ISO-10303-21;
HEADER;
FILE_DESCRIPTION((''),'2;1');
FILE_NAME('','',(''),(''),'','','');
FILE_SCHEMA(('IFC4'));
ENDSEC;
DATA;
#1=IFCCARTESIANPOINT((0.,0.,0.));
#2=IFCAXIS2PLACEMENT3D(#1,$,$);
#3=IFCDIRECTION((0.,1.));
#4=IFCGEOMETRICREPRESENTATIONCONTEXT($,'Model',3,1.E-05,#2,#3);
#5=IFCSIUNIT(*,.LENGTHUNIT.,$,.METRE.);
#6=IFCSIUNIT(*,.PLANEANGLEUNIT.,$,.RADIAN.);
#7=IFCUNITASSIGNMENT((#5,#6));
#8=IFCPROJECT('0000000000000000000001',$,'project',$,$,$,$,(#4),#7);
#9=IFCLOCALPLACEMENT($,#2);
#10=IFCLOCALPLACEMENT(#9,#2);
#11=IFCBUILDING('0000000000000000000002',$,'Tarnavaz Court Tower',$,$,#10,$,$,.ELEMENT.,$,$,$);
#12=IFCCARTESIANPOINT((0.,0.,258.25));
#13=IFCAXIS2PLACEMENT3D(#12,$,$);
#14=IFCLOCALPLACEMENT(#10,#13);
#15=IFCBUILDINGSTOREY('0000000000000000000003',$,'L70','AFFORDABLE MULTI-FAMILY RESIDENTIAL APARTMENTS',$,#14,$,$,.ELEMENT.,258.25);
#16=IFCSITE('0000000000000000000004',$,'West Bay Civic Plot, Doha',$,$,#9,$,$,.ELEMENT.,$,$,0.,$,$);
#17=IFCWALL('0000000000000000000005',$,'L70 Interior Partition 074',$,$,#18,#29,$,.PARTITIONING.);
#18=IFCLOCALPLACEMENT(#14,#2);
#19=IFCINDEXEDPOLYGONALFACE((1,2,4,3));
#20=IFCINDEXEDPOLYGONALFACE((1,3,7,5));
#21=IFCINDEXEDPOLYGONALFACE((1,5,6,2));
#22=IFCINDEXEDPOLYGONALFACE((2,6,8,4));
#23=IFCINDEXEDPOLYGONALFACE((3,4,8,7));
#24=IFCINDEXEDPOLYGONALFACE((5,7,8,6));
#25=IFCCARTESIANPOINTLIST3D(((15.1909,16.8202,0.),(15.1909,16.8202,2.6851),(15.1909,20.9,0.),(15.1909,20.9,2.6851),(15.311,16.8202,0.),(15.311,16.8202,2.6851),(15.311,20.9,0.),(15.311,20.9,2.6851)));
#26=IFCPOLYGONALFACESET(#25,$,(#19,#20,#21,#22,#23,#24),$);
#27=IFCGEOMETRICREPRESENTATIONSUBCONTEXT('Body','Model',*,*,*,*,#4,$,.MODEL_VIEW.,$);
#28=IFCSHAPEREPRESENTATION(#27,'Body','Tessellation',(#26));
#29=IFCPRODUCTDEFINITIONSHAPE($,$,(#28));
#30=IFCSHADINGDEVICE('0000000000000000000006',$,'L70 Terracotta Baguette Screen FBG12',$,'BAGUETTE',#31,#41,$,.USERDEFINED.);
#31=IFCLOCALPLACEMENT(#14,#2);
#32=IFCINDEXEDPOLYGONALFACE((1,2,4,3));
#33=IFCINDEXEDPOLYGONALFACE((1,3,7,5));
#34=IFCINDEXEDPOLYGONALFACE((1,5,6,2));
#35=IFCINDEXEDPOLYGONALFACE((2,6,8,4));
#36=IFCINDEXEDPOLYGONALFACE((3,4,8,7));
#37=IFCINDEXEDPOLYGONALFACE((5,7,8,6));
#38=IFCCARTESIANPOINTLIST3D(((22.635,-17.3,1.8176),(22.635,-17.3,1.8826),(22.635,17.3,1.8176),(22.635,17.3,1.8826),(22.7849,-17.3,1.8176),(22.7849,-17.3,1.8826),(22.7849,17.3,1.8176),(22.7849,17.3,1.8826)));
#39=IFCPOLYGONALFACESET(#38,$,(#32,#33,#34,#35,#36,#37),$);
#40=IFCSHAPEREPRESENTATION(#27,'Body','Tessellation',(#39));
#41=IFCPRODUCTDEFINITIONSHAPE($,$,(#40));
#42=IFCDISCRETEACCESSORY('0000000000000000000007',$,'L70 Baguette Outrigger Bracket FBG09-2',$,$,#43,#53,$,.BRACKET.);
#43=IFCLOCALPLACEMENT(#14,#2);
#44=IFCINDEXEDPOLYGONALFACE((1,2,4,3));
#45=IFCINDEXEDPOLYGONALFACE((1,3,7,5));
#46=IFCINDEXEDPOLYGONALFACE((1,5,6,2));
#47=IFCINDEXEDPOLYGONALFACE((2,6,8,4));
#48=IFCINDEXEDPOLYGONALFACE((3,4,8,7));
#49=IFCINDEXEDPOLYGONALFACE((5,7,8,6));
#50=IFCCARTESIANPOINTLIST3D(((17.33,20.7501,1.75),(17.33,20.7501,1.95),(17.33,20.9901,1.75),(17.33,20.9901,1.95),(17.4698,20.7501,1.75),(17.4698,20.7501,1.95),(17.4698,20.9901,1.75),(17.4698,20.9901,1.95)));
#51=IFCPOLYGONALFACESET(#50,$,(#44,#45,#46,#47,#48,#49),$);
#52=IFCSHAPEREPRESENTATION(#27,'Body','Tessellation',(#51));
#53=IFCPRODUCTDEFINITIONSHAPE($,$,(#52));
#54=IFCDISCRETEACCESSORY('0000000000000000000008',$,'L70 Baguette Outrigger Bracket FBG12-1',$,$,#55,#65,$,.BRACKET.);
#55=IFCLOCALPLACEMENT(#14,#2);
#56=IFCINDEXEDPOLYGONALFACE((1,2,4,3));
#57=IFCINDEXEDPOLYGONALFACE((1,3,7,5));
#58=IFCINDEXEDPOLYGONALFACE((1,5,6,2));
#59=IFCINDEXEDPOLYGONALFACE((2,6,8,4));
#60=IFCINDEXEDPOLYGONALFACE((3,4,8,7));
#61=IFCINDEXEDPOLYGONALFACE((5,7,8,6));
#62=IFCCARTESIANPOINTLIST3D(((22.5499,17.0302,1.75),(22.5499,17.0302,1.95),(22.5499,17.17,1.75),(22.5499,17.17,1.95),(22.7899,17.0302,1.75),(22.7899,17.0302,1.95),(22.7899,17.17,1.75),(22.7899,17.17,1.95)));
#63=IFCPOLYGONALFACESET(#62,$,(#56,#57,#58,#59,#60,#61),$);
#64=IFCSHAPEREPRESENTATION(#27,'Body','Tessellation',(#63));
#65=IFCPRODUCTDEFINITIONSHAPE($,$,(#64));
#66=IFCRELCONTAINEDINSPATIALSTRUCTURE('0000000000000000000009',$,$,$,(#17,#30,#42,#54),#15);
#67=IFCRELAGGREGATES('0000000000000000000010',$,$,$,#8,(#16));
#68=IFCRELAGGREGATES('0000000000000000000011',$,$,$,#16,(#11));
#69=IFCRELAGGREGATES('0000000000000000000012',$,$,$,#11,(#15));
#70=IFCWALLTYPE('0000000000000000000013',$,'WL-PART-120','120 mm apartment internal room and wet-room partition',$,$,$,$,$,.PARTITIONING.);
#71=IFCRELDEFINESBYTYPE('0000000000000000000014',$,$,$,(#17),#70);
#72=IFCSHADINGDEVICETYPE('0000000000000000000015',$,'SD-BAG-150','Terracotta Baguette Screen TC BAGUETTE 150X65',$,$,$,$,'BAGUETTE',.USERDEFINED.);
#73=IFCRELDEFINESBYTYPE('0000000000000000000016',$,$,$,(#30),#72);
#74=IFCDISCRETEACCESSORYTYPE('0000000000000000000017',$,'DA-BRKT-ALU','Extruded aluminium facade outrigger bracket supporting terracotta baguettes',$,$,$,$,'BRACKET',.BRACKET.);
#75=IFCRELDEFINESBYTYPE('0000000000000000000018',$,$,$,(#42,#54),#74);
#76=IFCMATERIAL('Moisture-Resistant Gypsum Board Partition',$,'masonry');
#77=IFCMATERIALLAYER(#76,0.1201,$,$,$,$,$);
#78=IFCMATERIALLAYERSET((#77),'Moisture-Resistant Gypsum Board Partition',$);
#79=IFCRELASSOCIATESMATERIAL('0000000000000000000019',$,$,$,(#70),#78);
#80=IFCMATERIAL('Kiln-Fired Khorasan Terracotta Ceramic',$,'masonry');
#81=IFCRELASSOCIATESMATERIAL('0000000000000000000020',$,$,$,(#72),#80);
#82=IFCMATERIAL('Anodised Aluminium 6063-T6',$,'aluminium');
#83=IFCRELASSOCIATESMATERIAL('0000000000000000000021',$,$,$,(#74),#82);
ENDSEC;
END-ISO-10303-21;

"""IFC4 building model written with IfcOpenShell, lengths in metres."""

from ifc_helpers import new_model, si_unit, direction, frame, frame_2d, origin, origin_2d, place, context, subcontext, project, spatial, rectangle, extrude, material, layer, layer_set, material_profile, profile_set, type_object, element, save


model = new_model("IFC4")

# Units and contexts
model_context = context("Model", 3, precision=1e-05, world=origin(), true_north=direction((0.0, 1.0)))
body_context = subcontext(model_context, "Body", "Model", "MODEL_VIEW")
ifc_project = project(units=[si_unit("LENGTHUNIT", "METRE"), si_unit("PLANEANGLEUNIT", "RADIAN")], contexts=[model_context])

# Site, building, storey
site_placement = place(None, origin())
site = spatial("IfcSite", under=ifc_project, at=site_placement, Name="West Bay Civic Plot, Doha", CompositionType="ELEMENT", RefElevation=0.0)
building_placement = place(site_placement, origin())
building = spatial("IfcBuilding", under=site, at=building_placement, Name="Tarnavaz Court Tower", CompositionType="ELEMENT")
storey_placement = place(building_placement, frame((0.0, 0.0, 258.25)))
storey = spatial("IfcBuildingStorey", under=building, at=storey_placement, Name="L70", Description="AFFORDABLE MULTI-FAMILY RESIDENTIAL APARTMENTS", CompositionType="ELEMENT", Elevation=258.25)

# Shared definitions
ifc_material_1 = material(Name="Moisture-Resistant Gypsum Board Partition", Category="masonry")
ifc_layer_1 = layer(ifc_material_1, 0.1201)
ifc_layer_set_1 = layer_set([ifc_layer_1], Name="Moisture-Resistant Gypsum Board Partition")
wall_type_1 = type_object("IfcWallType", Name="WL-PART-120", Description="120 mm apartment internal room and wet-room partition", PredefinedType="PARTITIONING", material=ifc_layer_set_1)

# Wall
wall_1_placement = place(storey_placement, frame((15.251, 16.8201, 0.0), z_axis=(0.0, 0.0, 1.0), x_axis=(0.0, 1.0, 0.0)))
element("IfcWall", 1, at=wall_1_placement, inside=storey, type_object=wall_type_1, Name="L70 Interior Partition 074", PredefinedType="PARTITIONING", context=body_context, shape_type="SweptSolid", body=[
    extrude(rectangle(XDim=4.0798, YDim=0.1201, at=frame_2d((2.04, 0.0))), origin(), (0.0, 0.0, 1.0), 2.6851),
])

# Shading device
ifc_material_2 = material(Name="Kiln-Fired Khorasan Terracotta Ceramic", Category="masonry")
ifc_material_profile_1 = material_profile(ifc_material_2, rectangle(XDim=0.1499, YDim=0.0649, at=origin_2d()), Name="TC BAGUETTE 150X65")
ifc_profile_set_1 = profile_set([ifc_material_profile_1], Name="Kiln-Fired Khorasan Terracotta Ceramic")
shading_device_type = type_object("IfcShadingDeviceType", Name="SD-BAG-150", Description="Terracotta Baguette Screen TC BAGUETTE 150X65", ElementType="BAGUETTE", PredefinedType="USERDEFINED", material=ifc_profile_set_1)
shading_device_placement = place(storey_placement, frame((22.71, 17.3, 1.8501), z_axis=(0.0, -1.0, 0.0), x_axis=(1.0, 0.0, 0.0)))
element("IfcShadingDevice", 2, at=shading_device_placement, inside=storey, type_object=shading_device_type, Name="L70 Terracotta Baguette Screen FBG12", ObjectType="BAGUETTE", PredefinedType="USERDEFINED", context=body_context, shape_type="SweptSolid", body=[
    extrude(rectangle(XDim=0.1499, YDim=0.0649, at=origin_2d()), origin(), (0.0, 0.0, 1.0), 34.6001),
])

# Discrete accessories
ifc_material_3 = material(Name="Anodised Aluminium 6063-T6", Category="aluminium")
discrete_accessory_type = type_object("IfcDiscreteAccessoryType", Name="DA-BRKT-ALU", Description="Extruded aluminium facade outrigger bracket supporting terracotta baguettes", ElementType="BRACKET", PredefinedType="BRACKET", material=ifc_material_3)
for number, where, z_axis, x_axis, name in (
    (3, (17.3999, 20.8701, 1.75), (0.0, 0.0, 1.0), (1.0, 0.0, 0.0), "L70 Baguette Outrigger Bracket FBG09-2"),
    (4, (22.6699, 17.1001, 1.75), (0.0, 0.0, 1.0), (0.0, -1.0, 0.0), "L70 Baguette Outrigger Bracket FBG12-1"),
):
    element("IfcDiscreteAccessory", number, at=place(storey_placement, frame(where, z_axis=z_axis, x_axis=x_axis)), inside=storey, type_object=discrete_accessory_type, Name=name, PredefinedType="BRACKET", context=body_context, shape_type="SweptSolid", body=[
        extrude(rectangle(XDim=0.1399, YDim=0.24, at=origin_2d()), origin(), (0.0, 0.0, 1.0), 0.2),
    ])

save(model, "model.ifc")
